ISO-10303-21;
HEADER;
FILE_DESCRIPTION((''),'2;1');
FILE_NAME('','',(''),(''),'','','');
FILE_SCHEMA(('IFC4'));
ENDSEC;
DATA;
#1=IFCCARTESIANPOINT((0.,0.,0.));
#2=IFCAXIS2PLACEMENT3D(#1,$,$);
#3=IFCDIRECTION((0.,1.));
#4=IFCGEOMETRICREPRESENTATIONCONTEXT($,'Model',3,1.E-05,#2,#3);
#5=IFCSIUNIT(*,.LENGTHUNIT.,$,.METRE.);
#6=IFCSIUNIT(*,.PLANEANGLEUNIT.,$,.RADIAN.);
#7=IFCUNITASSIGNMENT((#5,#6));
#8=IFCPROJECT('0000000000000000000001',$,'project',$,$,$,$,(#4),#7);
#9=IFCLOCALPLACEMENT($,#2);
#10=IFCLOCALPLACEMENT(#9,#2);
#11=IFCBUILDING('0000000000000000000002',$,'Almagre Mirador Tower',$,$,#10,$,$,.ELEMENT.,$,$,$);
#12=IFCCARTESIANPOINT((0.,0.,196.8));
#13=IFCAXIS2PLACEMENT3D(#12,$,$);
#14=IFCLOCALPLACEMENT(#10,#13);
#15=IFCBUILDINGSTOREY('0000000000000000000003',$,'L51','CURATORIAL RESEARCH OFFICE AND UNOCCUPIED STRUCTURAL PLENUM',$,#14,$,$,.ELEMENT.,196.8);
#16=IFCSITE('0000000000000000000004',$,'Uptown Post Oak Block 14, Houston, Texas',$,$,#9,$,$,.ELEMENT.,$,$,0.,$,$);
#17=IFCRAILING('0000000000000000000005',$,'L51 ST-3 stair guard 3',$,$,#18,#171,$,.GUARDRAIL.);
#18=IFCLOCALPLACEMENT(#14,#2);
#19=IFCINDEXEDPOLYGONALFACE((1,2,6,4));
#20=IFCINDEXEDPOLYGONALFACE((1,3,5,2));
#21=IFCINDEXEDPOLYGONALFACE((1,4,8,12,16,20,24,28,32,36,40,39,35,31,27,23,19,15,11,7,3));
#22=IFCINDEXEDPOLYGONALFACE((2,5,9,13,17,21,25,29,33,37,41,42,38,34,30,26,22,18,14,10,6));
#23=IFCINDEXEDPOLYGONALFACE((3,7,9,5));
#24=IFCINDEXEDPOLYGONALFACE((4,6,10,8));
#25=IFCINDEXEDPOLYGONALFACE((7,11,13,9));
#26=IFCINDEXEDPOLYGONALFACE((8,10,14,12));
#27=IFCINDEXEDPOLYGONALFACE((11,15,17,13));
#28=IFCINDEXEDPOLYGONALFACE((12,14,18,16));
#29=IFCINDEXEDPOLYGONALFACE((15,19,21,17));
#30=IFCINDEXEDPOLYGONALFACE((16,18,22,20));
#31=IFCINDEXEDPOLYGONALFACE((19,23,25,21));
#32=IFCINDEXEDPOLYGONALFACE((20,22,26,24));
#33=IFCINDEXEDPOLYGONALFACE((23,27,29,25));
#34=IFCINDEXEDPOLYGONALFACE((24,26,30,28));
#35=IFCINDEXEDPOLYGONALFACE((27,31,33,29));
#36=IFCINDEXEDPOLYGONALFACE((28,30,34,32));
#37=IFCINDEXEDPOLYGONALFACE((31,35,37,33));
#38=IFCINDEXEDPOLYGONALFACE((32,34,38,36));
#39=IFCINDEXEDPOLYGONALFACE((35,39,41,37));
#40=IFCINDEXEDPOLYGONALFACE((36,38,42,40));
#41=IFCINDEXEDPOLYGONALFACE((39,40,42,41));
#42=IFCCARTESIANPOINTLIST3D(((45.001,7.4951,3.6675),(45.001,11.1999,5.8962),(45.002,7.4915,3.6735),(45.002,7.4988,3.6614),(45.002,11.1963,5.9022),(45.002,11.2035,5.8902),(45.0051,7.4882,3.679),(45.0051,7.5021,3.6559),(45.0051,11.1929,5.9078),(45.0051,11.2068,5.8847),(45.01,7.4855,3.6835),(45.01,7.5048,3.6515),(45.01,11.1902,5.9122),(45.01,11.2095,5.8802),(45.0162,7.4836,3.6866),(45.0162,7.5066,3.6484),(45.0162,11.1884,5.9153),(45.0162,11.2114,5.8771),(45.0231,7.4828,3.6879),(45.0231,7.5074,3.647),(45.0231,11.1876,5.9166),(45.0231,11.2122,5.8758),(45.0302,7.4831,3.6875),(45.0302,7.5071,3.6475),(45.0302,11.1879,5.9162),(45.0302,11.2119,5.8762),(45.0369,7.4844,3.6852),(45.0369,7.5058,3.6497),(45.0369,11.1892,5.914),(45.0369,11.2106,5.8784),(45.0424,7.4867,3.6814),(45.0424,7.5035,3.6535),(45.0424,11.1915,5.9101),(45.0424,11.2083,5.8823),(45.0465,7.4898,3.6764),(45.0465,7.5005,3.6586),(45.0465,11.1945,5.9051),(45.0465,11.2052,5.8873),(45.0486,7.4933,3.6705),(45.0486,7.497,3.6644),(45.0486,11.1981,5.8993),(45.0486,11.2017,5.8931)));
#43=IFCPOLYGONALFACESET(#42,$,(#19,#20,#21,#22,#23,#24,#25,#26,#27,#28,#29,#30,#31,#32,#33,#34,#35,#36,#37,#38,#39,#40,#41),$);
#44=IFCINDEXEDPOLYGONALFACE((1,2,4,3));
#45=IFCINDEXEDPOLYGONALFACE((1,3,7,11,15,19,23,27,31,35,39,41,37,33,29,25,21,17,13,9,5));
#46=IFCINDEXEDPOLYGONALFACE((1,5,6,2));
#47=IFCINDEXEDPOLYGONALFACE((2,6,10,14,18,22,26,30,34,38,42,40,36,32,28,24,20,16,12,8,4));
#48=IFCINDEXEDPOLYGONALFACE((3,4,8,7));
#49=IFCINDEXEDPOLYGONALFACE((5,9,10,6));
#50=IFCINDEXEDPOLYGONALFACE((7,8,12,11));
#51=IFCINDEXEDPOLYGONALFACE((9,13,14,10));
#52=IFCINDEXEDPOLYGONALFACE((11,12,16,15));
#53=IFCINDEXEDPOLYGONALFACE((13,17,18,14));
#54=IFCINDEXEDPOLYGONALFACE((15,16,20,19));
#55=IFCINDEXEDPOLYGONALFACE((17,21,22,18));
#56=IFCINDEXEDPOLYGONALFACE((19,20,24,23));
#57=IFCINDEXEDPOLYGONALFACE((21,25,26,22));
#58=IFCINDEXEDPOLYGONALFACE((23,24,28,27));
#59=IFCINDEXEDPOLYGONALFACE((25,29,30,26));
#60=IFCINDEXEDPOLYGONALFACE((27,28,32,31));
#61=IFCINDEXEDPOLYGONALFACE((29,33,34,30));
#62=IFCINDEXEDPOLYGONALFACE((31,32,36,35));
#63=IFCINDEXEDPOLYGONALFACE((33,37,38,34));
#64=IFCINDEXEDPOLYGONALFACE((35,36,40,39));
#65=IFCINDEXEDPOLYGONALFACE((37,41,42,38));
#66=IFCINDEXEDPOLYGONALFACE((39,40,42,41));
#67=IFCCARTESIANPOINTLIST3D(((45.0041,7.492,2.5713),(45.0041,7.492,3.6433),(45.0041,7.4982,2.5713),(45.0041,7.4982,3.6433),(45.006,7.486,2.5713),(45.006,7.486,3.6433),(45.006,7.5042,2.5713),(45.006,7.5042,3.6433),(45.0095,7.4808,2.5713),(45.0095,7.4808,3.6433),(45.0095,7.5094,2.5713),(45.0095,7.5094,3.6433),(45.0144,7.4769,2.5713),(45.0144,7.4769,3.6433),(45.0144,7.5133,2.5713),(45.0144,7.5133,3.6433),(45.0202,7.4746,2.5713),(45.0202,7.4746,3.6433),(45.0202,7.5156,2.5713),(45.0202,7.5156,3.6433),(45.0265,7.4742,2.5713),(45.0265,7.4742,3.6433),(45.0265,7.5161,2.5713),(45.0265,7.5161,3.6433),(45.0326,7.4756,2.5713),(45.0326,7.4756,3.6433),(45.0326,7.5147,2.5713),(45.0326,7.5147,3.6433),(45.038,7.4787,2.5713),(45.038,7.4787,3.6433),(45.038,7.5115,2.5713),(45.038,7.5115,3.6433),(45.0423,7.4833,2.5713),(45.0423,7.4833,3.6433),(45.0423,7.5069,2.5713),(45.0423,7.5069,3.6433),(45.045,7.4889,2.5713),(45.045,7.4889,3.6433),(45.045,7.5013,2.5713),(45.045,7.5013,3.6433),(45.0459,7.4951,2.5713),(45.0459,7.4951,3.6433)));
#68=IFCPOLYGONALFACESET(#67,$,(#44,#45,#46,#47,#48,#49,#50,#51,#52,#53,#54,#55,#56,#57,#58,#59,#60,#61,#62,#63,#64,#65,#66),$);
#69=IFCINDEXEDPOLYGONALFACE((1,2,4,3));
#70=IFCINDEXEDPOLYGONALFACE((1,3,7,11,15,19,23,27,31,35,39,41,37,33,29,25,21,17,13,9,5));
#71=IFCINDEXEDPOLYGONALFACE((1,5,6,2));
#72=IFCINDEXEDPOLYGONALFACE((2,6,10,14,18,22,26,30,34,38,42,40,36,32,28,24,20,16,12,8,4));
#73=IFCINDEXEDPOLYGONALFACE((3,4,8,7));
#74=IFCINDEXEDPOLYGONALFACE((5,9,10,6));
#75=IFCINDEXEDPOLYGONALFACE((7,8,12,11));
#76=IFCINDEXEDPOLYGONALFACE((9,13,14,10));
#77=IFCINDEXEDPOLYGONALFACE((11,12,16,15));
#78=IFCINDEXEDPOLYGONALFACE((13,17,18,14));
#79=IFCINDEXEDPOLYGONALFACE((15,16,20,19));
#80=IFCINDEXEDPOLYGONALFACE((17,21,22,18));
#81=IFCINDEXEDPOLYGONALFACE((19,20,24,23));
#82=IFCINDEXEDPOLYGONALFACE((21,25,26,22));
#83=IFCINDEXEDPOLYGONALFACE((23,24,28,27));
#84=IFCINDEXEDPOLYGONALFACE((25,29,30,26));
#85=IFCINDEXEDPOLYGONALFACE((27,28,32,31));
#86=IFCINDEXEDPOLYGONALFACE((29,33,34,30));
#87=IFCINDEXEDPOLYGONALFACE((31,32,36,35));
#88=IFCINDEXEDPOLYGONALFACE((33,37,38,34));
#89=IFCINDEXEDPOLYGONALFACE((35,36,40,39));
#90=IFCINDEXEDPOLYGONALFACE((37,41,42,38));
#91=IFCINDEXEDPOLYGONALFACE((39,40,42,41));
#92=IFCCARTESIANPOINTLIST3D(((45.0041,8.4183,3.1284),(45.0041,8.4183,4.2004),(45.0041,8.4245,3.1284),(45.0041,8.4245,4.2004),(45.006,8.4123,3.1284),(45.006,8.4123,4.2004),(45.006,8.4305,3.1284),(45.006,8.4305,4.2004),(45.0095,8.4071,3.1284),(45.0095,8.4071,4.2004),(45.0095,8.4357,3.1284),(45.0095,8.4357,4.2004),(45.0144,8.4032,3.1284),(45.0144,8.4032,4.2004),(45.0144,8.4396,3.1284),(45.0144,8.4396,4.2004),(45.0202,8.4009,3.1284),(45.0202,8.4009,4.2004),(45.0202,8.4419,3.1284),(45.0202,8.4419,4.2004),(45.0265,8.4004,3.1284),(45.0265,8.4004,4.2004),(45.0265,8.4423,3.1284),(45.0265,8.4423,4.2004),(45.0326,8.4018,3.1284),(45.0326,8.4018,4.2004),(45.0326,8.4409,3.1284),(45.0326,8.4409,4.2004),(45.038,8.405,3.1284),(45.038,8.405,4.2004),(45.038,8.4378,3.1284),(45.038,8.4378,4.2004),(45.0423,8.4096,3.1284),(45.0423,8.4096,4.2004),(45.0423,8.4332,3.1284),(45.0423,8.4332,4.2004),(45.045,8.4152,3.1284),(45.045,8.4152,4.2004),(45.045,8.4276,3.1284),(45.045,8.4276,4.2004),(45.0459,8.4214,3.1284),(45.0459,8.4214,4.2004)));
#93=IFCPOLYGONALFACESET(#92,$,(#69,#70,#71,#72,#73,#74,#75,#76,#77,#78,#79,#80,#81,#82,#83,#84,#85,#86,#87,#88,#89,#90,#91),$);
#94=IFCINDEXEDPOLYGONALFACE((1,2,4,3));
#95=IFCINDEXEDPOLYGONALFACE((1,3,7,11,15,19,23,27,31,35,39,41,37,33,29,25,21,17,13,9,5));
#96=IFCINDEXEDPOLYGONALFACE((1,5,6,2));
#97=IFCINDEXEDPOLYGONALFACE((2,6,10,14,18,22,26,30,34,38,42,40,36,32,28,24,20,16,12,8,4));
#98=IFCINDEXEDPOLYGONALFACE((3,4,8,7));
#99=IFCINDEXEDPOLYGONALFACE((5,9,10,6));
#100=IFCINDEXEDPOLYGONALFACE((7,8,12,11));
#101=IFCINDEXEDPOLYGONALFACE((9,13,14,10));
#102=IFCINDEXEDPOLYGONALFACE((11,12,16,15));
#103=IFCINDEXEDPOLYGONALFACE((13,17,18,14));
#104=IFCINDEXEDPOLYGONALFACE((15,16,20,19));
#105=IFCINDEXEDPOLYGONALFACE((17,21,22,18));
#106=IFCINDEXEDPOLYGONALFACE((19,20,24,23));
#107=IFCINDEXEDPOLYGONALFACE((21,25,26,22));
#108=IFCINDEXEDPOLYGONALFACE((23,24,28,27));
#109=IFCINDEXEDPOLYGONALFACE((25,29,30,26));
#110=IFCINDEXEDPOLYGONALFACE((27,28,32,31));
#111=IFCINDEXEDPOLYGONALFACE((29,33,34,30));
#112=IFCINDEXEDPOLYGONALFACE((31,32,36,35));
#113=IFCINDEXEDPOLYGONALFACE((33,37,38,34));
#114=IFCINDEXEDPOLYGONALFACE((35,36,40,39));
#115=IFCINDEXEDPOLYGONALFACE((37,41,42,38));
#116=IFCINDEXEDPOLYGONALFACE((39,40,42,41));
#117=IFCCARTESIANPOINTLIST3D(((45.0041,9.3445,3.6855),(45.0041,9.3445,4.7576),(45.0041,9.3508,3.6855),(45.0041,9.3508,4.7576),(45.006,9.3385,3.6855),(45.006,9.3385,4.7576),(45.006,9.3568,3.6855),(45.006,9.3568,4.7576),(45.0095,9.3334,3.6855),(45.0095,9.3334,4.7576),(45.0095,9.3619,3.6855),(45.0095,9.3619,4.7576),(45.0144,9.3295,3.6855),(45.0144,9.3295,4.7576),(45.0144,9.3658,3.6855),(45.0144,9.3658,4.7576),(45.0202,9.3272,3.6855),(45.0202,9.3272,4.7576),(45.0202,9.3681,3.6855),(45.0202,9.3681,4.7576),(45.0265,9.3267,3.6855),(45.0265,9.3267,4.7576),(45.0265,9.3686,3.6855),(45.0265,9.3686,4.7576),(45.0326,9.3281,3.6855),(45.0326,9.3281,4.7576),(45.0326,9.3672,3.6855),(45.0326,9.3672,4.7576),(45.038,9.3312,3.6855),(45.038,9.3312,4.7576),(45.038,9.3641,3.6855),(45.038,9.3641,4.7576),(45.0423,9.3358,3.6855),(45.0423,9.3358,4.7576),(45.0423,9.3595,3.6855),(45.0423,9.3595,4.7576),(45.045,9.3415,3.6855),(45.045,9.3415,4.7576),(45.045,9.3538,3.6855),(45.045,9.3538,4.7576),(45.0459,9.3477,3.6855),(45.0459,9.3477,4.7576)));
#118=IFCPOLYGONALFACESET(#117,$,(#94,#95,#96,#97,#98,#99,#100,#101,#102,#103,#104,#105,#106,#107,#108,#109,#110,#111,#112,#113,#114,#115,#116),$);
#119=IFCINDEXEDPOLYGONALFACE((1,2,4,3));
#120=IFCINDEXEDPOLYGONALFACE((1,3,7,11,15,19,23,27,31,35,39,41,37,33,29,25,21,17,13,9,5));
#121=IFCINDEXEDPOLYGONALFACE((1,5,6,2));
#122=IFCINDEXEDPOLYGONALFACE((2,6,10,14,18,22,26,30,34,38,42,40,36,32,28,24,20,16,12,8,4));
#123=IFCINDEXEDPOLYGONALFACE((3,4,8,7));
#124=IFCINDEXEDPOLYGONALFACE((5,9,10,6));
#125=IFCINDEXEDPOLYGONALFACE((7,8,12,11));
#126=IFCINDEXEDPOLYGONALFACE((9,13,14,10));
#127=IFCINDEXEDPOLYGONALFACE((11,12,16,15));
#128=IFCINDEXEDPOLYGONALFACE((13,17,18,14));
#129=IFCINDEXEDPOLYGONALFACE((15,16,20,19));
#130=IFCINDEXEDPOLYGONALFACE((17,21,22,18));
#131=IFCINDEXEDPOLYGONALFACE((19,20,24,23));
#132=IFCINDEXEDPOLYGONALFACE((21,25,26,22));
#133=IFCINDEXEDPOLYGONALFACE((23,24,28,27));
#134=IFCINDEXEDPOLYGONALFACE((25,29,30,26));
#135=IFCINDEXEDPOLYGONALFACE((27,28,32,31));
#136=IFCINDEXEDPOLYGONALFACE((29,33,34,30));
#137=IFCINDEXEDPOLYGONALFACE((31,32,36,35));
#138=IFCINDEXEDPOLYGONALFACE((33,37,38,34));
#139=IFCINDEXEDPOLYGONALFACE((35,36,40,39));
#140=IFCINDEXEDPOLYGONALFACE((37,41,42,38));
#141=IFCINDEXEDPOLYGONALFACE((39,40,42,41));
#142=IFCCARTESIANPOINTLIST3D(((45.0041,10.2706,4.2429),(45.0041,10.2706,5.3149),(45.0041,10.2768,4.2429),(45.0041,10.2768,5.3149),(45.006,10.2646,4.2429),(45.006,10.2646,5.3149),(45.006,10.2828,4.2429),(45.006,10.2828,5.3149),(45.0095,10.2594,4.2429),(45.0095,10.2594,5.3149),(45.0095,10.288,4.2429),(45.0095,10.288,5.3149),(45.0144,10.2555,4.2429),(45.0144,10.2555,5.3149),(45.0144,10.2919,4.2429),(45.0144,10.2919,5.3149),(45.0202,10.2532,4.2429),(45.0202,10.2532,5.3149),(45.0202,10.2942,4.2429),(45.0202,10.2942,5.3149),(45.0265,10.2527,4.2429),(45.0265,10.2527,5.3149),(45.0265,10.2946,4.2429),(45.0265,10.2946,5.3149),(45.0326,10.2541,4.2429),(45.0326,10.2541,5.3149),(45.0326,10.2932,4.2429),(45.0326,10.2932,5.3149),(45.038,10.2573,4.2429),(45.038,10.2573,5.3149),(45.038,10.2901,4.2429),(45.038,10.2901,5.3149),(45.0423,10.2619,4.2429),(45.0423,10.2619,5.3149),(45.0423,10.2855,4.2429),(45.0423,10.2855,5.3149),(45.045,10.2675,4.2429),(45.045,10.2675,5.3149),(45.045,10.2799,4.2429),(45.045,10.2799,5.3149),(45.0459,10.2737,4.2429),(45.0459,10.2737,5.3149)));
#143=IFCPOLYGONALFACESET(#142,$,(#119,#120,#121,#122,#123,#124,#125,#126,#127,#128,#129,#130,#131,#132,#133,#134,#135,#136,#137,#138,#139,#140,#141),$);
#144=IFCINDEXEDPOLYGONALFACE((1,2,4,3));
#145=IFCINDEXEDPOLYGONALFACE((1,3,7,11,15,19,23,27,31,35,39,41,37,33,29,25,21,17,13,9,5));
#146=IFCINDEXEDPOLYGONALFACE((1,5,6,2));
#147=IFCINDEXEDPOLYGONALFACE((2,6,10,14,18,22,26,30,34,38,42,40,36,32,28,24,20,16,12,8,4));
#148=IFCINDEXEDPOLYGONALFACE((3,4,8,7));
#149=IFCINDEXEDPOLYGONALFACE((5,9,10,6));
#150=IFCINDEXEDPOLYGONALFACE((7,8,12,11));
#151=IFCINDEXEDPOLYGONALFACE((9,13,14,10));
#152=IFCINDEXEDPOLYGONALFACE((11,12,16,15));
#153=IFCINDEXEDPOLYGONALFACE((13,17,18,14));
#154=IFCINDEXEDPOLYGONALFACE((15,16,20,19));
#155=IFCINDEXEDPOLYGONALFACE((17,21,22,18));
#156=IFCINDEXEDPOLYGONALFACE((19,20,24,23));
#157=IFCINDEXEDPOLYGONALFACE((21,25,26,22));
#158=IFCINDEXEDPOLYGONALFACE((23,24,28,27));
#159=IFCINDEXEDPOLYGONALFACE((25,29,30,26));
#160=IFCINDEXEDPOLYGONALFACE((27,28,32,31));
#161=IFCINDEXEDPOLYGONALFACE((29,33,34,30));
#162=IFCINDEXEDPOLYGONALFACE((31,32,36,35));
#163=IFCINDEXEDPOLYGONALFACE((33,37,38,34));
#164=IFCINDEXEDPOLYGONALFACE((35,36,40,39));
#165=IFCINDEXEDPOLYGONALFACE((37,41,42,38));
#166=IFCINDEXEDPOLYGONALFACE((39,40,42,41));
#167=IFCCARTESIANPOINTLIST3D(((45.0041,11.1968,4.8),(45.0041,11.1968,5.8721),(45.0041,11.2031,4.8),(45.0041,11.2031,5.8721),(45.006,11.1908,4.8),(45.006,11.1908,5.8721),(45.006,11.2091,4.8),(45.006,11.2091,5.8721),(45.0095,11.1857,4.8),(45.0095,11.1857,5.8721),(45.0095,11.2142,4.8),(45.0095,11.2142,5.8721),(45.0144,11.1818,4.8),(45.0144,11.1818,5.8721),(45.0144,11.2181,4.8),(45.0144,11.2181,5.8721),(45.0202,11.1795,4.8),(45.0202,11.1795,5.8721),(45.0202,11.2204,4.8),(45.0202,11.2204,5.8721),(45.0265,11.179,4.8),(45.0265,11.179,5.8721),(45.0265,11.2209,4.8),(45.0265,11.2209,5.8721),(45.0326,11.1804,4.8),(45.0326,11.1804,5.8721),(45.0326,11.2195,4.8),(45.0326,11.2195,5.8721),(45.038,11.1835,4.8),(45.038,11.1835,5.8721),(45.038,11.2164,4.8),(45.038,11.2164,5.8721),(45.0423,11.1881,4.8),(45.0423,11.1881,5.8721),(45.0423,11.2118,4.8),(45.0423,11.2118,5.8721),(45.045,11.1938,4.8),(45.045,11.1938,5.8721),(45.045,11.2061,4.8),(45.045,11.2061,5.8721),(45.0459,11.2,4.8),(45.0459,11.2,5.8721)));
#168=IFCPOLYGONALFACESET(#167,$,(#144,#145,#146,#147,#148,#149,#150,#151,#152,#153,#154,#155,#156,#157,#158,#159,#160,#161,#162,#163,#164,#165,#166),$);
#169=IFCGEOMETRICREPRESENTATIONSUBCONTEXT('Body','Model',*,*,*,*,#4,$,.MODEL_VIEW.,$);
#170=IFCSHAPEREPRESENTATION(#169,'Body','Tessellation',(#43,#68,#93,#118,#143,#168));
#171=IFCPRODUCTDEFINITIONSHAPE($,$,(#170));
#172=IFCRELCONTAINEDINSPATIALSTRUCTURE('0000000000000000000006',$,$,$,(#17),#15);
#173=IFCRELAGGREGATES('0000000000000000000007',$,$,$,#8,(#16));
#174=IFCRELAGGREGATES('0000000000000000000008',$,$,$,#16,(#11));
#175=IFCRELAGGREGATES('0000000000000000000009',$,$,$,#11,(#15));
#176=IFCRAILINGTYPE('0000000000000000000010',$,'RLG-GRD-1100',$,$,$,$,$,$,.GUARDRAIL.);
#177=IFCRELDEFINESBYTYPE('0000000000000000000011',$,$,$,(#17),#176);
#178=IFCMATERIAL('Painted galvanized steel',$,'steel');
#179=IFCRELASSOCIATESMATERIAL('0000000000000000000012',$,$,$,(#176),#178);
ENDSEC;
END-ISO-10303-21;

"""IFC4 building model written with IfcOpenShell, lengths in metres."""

from ifc_helpers import new_model, si_unit, direction, frame, origin, origin_2d, place, context, subcontext, project, spatial, circle, extrude, material, type_object, element, save


model = new_model("IFC4")

# Units and contexts
model_context = context("Model", 3, precision=1e-05, world=origin(), true_north=direction((0.0, 1.0)))
body_context = subcontext(model_context, "Body", "Model", "MODEL_VIEW")
ifc_project = project(units=[si_unit("LENGTHUNIT", "METRE"), si_unit("PLANEANGLEUNIT", "RADIAN")], contexts=[model_context])

# Site, building, storey
site_placement = place(None, origin())
site = spatial("IfcSite", under=ifc_project, at=site_placement, Name="Uptown Post Oak Block 14, Houston, Texas", CompositionType="ELEMENT", RefElevation=0.0)
building_placement = place(site_placement, origin())
building = spatial("IfcBuilding", under=site, at=building_placement, Name="Almagre Mirador Tower", CompositionType="ELEMENT")
storey_placement = place(building_placement, frame((0.0, 0.0, 196.8)))
storey = spatial("IfcBuildingStorey", under=building, at=storey_placement, Name="L51", Description="CURATORIAL RESEARCH OFFICE AND UNOCCUPIED STRUCTURAL PLENUM", CompositionType="ELEMENT", Elevation=196.8)

# Railing
ifc_material_1 = material(Name="Painted galvanized steel", Category="steel")
railing_type_1 = type_object("IfcRailingType", Name="RLG-GRD-1100", PredefinedType="GUARDRAIL", material=ifc_material_1)
railing_1_placement = place(storey_placement, frame((45.0249, 7.4951, 2.5713)))
element("IfcRailing", 1, at=railing_1_placement, inside=storey, type_object=railing_type_1, Name="L51 ST-3 stair guard 3", PredefinedType="GUARDRAIL", context=body_context, shape_type="SweptSolid", body=[
    extrude(circle(Radius=0.0239, at=origin_2d()), frame((0.0, 0.0, 1.0962), z_axis=(0.0, 0.856894, 0.515492), x_axis=(-1.0, 0.0, 0.0)), (0.0, 0.0, 1.0), 4.3235),
    extrude(circle(Radius=0.021, at=origin_2d()), origin(), (0.0, 0.0, 1.0), 1.072),
    extrude(circle(Radius=0.021, at=origin_2d()), frame((0.0, 0.9263, 0.5571)), (0.0, 0.0, 1.0), 1.072),
    extrude(circle(Radius=0.021, at=origin_2d()), frame((0.0, 1.8525, 1.1143)), (0.0, 0.0, 1.0), 1.072),
    extrude(circle(Radius=0.021, at=origin_2d()), frame((0.0, 2.7786, 1.6716)), (0.0, 0.0, 1.0), 1.072),
    extrude(circle(Radius=0.021, at=origin_2d()), frame((0.0, 3.7048, 2.2288)), (0.0, 0.0, 1.0), 1.072),
])

save(model, "model.ifc")
